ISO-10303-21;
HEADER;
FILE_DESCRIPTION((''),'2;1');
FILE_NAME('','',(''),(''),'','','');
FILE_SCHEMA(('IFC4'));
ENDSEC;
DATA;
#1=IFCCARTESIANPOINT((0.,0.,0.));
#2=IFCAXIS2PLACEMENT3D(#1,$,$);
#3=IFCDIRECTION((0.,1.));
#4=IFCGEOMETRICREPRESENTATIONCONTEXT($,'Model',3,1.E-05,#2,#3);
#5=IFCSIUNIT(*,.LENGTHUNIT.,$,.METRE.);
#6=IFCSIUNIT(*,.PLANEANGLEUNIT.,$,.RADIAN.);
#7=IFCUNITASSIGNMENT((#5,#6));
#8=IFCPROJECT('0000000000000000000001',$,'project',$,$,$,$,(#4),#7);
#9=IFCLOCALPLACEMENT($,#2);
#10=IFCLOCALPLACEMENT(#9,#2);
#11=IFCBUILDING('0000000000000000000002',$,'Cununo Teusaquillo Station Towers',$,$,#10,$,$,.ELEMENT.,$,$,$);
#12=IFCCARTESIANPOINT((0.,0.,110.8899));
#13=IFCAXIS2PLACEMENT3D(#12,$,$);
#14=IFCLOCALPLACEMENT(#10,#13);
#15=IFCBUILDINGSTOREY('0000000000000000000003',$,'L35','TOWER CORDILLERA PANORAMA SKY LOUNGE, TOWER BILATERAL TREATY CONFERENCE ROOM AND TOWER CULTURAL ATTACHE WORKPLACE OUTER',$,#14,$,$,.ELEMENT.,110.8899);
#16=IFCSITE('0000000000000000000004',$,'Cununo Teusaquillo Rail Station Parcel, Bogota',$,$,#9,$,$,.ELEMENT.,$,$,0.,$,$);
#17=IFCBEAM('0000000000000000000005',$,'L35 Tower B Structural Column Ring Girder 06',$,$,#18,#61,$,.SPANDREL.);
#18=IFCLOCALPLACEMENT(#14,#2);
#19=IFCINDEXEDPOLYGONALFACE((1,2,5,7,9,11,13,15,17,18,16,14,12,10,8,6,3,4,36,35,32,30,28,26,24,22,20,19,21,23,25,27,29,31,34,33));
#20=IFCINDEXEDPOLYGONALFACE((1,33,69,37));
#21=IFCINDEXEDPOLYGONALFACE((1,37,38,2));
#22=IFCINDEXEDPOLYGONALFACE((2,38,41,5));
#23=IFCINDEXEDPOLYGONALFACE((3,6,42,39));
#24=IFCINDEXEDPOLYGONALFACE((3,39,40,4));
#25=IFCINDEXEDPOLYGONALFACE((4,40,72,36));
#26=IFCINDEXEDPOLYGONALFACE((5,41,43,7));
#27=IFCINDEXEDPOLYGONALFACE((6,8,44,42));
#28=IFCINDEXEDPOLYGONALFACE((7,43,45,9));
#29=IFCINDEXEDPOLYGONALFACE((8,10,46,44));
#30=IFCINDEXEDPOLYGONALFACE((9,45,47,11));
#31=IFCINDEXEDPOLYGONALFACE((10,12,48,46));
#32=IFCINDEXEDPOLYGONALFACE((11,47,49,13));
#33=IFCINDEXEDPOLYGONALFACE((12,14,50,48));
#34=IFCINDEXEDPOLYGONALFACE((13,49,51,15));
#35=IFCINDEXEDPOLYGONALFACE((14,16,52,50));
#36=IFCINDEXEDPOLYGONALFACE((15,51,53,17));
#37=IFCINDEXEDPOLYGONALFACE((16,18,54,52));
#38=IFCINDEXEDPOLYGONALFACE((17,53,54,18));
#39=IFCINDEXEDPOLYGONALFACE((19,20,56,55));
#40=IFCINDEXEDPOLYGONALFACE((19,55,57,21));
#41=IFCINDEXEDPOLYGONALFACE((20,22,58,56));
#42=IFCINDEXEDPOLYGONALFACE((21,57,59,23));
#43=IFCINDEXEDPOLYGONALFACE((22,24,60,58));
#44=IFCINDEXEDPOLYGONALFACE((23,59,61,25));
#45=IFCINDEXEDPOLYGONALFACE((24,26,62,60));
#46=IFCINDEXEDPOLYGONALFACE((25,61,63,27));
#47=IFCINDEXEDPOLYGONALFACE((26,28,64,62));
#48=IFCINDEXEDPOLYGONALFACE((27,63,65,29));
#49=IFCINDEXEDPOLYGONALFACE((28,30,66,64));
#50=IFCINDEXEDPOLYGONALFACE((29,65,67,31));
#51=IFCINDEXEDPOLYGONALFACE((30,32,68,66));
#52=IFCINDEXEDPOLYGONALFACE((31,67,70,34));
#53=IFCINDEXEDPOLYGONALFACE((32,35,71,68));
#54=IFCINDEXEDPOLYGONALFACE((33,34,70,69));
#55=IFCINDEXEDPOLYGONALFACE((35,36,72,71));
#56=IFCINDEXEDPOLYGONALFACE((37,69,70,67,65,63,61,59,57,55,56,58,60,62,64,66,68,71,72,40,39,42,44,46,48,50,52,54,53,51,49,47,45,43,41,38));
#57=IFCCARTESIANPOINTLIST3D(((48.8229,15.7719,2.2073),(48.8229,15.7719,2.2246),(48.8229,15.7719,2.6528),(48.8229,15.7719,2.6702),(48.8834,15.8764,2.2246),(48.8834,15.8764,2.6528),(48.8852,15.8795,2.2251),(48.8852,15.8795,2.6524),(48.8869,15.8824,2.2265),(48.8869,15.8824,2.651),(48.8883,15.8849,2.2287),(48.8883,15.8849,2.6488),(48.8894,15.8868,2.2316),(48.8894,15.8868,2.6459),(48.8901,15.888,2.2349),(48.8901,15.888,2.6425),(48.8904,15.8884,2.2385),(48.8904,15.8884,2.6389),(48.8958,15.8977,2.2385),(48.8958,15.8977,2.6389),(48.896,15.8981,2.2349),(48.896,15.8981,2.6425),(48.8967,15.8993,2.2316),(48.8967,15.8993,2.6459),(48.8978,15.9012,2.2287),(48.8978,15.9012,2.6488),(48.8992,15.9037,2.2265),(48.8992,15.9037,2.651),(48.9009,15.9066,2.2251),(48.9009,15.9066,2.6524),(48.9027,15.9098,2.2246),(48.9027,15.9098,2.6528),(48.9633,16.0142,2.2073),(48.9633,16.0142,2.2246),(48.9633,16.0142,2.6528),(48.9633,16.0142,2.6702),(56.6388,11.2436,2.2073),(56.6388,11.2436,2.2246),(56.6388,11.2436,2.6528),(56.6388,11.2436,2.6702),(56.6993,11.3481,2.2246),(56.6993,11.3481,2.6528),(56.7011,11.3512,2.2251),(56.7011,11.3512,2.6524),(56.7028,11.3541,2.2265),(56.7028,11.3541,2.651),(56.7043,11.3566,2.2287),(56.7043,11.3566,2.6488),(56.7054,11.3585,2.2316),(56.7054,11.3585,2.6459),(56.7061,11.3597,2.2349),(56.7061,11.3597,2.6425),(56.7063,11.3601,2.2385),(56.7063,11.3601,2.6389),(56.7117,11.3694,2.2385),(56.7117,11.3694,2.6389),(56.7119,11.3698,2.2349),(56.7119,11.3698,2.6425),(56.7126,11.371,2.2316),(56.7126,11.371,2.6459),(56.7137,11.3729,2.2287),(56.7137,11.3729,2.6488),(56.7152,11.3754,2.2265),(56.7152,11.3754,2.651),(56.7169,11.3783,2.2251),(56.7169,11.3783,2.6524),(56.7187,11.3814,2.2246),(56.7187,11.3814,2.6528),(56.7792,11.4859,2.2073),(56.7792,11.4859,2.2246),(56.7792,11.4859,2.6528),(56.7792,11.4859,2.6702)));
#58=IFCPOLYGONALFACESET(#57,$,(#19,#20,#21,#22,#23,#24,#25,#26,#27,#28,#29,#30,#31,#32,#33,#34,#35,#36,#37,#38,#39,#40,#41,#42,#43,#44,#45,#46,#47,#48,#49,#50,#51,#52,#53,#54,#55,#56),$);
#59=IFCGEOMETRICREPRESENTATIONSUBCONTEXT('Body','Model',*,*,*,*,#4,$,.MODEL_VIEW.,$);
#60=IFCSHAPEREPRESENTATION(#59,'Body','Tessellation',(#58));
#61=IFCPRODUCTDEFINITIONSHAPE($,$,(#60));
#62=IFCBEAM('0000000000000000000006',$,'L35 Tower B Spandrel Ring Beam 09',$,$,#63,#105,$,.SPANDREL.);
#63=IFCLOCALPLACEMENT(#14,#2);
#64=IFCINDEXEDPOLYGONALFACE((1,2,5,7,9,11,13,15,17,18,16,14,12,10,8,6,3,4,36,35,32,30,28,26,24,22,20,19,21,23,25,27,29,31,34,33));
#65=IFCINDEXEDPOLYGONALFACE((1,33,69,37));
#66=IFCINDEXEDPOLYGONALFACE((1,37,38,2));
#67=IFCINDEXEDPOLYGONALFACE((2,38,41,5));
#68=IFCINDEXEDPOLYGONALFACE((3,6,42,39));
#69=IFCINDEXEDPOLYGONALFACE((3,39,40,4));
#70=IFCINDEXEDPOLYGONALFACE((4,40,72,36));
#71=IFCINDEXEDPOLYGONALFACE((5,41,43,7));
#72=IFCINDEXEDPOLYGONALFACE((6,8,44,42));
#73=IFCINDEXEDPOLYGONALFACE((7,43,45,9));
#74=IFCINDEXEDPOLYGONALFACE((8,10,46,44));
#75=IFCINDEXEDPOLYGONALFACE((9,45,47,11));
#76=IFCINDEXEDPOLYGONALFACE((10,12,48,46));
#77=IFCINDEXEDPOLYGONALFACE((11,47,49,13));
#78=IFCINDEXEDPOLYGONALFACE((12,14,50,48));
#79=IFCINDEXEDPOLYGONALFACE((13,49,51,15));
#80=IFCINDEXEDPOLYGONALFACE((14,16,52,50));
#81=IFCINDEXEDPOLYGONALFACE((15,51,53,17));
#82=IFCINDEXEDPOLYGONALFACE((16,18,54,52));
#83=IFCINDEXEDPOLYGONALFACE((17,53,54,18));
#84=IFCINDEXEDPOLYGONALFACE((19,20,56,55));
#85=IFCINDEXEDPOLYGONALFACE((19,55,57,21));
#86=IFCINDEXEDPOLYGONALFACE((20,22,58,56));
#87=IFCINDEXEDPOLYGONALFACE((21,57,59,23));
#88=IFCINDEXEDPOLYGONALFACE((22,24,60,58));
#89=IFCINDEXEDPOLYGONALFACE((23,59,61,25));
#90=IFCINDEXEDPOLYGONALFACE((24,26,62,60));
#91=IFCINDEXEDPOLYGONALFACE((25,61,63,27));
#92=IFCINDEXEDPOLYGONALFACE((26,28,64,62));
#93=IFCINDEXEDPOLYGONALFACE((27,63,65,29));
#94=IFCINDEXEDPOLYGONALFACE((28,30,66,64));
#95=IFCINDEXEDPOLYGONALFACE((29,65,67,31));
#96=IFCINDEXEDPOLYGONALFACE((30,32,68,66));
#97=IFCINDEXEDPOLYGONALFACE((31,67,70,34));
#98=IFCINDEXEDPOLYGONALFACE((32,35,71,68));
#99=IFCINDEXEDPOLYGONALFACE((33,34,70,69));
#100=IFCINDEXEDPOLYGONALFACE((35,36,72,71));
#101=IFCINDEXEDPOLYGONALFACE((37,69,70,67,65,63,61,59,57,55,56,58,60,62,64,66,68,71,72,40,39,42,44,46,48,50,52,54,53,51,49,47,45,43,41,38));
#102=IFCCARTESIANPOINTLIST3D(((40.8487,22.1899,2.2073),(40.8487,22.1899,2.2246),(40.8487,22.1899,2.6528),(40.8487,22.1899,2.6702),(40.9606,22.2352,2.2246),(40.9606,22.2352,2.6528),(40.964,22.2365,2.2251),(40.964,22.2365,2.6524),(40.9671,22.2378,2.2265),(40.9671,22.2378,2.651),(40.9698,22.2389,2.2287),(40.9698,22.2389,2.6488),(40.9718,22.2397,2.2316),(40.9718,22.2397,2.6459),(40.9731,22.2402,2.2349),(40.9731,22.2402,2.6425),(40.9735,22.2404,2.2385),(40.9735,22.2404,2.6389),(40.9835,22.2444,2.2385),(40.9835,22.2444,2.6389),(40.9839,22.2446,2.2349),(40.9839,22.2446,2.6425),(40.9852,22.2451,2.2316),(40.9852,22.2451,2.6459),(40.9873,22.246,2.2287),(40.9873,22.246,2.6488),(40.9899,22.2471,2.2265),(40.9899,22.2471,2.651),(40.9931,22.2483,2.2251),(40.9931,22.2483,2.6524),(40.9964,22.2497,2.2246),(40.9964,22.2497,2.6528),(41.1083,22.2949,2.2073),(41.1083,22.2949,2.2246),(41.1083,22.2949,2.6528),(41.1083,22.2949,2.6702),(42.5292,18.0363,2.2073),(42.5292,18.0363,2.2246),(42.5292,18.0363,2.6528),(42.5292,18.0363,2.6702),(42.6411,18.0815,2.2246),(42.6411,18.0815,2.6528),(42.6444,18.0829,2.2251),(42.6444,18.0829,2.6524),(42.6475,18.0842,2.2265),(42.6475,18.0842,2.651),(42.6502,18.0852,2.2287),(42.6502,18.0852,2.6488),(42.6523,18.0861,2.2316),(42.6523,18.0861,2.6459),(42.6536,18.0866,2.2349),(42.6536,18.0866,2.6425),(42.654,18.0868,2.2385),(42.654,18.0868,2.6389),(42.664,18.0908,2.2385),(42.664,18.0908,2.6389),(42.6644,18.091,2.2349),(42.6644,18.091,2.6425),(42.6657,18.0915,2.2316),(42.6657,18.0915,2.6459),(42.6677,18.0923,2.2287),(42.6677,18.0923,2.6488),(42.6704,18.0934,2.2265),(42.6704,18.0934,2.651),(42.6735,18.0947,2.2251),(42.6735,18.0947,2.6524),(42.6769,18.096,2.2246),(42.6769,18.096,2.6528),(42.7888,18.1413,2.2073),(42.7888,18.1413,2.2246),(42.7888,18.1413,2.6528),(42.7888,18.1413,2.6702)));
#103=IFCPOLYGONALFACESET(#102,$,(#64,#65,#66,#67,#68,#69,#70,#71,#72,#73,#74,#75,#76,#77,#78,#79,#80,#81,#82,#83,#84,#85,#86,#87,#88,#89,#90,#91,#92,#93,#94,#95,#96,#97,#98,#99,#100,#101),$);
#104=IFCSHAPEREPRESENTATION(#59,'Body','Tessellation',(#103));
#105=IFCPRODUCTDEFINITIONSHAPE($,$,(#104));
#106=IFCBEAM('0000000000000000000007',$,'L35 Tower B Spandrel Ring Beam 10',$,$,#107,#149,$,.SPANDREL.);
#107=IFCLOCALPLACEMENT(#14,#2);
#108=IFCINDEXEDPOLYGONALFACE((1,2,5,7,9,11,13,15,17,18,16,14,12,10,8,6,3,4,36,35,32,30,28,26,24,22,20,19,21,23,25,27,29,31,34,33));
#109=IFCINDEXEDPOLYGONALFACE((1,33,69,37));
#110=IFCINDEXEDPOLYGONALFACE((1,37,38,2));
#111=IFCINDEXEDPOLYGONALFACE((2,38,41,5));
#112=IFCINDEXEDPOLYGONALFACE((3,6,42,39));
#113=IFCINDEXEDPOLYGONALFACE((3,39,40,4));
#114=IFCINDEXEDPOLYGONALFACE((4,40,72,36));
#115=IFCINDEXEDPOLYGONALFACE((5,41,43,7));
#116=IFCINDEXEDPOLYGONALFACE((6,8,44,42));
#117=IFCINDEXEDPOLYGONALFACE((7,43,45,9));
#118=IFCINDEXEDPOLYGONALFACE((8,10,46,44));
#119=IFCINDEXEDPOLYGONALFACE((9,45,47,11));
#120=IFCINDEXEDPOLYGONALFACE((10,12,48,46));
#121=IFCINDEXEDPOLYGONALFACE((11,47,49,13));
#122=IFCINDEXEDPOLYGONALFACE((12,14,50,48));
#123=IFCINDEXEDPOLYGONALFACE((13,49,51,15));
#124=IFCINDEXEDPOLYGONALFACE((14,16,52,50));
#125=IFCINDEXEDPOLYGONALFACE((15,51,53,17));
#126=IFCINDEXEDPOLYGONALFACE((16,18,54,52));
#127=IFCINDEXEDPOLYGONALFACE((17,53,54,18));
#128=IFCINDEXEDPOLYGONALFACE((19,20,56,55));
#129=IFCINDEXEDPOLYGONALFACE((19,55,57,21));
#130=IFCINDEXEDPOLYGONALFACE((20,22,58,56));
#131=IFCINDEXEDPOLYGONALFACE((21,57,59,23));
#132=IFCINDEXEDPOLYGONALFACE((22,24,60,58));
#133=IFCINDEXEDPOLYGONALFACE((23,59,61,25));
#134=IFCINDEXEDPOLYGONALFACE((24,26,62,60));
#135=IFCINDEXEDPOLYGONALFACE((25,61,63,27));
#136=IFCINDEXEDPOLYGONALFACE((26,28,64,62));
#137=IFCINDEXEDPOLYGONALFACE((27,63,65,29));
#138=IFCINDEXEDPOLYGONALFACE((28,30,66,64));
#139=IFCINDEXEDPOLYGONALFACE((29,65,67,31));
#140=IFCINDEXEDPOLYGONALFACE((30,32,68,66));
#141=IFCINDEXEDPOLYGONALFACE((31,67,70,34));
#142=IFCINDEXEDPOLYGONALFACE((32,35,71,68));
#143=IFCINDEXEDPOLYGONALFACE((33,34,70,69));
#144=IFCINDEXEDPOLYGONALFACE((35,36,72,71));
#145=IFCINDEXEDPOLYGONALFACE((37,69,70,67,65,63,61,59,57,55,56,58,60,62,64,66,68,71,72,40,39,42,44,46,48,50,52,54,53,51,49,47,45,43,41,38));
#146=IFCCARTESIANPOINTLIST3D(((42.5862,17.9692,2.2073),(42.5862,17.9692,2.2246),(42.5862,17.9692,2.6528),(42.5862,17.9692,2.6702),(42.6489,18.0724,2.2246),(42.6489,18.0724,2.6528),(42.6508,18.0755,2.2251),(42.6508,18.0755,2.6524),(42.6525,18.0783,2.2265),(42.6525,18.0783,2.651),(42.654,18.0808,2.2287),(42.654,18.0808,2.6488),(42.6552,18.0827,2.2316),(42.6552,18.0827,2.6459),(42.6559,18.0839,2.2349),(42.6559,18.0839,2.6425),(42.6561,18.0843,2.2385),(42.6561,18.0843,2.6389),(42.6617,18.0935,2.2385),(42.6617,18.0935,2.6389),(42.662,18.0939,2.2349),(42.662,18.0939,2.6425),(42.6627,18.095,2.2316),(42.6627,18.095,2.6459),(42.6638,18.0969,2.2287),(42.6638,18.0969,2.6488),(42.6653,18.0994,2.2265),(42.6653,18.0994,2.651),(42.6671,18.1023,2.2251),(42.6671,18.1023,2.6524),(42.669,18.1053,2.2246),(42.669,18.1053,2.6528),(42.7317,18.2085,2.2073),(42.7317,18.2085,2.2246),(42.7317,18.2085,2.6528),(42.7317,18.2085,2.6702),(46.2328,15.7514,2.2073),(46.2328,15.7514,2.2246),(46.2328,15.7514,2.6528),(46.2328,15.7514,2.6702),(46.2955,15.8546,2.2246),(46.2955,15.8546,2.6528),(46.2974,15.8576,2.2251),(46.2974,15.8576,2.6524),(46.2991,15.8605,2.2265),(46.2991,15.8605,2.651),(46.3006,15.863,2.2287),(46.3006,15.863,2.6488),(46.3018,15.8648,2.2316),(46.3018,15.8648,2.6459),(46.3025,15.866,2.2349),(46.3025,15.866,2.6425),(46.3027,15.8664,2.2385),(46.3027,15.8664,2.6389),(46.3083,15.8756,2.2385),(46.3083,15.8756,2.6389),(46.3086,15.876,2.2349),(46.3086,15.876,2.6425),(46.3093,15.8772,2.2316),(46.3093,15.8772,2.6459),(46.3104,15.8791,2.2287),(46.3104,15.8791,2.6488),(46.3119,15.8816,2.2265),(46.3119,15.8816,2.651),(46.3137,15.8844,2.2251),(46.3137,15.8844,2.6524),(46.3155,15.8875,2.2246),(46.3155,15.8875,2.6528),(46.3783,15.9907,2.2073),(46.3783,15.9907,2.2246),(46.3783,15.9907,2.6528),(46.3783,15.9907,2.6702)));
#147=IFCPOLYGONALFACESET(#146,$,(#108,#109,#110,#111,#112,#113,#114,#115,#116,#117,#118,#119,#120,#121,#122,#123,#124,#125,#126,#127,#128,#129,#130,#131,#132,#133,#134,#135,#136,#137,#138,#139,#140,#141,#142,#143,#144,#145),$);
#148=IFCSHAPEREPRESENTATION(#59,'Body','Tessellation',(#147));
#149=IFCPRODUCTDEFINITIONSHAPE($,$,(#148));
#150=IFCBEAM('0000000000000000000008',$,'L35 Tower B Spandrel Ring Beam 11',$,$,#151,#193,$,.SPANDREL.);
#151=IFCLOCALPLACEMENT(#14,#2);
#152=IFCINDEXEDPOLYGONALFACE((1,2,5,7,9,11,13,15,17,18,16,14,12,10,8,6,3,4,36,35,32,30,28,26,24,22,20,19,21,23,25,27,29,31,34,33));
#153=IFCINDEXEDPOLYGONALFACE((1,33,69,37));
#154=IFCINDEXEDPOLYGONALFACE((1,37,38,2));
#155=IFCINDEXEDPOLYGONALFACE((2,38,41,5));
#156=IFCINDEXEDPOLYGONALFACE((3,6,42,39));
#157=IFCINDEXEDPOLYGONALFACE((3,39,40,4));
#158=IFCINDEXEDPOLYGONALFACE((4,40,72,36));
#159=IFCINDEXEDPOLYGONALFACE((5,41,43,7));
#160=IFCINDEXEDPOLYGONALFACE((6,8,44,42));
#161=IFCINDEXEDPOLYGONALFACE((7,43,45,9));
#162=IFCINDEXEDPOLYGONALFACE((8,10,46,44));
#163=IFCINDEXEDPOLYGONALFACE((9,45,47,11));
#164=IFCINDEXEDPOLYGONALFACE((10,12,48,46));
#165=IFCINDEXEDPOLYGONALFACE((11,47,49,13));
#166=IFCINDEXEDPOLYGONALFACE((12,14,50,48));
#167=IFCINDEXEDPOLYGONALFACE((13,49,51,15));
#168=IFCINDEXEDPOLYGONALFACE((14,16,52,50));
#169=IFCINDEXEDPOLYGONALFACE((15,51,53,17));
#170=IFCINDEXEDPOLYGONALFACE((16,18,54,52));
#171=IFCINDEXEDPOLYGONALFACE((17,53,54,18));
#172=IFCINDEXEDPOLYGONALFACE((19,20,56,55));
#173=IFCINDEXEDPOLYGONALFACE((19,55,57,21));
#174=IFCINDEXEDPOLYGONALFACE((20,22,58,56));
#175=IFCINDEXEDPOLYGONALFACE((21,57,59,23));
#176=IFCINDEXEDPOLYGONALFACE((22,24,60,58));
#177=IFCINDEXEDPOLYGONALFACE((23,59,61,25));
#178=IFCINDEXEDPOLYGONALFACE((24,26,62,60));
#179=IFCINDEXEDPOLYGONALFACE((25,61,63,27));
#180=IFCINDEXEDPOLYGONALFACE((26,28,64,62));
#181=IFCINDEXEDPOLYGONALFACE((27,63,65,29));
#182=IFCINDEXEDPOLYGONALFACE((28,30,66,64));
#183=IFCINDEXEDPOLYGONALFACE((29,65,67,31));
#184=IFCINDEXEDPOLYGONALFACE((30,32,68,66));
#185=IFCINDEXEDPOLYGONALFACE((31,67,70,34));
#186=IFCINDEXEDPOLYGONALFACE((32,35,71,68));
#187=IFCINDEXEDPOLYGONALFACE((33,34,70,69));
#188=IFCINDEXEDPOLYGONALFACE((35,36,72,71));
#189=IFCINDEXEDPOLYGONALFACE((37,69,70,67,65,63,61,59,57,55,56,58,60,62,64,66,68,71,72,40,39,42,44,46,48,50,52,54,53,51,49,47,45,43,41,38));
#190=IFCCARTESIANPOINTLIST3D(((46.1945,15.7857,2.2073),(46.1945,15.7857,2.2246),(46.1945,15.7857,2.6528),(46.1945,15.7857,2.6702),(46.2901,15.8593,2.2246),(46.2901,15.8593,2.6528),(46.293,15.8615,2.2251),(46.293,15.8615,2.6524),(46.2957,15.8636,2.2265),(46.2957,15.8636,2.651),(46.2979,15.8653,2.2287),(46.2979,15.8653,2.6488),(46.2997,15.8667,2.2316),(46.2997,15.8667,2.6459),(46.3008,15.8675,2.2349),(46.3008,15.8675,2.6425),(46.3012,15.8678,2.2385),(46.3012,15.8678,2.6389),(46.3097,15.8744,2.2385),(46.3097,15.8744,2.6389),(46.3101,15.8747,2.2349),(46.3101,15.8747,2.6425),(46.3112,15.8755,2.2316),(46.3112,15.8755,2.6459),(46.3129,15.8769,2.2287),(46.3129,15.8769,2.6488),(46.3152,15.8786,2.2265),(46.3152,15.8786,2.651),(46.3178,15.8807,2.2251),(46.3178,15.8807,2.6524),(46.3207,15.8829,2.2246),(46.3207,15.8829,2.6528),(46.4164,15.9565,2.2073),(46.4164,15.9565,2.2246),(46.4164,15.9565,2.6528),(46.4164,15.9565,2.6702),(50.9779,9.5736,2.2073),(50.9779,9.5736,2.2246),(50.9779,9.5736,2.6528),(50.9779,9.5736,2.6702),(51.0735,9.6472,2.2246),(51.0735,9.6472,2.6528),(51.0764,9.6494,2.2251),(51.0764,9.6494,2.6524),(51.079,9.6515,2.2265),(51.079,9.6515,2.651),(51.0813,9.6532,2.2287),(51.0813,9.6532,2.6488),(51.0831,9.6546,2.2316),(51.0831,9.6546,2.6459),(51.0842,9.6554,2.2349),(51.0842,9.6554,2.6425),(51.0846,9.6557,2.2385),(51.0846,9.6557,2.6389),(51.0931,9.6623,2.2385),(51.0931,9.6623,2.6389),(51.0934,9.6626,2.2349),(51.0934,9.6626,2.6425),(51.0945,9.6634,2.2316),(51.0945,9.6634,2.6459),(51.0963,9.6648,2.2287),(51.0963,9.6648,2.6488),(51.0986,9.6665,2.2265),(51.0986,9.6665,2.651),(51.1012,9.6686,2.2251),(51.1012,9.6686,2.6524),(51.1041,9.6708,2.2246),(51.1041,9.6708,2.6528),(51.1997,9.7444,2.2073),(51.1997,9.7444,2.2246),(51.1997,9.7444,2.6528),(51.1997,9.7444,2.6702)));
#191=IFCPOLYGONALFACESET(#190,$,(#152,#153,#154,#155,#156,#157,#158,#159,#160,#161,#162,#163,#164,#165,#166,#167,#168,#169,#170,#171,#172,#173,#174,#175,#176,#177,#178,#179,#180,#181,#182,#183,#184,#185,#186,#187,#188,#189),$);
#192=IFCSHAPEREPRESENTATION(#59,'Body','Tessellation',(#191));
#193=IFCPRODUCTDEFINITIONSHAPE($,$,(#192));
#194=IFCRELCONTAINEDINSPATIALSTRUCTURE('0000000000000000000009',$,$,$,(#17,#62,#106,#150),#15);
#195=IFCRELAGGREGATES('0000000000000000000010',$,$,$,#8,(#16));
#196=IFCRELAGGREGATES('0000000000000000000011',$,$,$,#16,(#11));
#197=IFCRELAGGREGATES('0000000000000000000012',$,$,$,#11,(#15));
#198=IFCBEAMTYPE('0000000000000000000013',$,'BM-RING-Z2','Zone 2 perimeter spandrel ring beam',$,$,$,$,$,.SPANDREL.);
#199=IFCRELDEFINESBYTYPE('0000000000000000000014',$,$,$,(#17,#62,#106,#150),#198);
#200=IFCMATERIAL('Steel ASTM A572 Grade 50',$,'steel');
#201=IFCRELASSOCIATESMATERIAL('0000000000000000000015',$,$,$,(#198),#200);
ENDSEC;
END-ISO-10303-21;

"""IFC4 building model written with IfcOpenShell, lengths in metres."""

from ifc_helpers import new_model, si_unit, direction, frame, origin, origin_2d, place, context, subcontext, project, spatial, i_section, extrude, material, material_profile, profile_set, type_object, element, save


model = new_model("IFC4")

# Units and contexts
model_context = context("Model", 3, precision=1e-05, world=origin(), true_north=direction((0.0, 1.0)))
body_context = subcontext(model_context, "Body", "Model", "MODEL_VIEW")
ifc_project = project(units=[si_unit("LENGTHUNIT", "METRE"), si_unit("PLANEANGLEUNIT", "RADIAN")], contexts=[model_context])

# Site, building, storey
site_placement = place(None, origin())
site = spatial("IfcSite", under=ifc_project, at=site_placement, Name="Cununo Teusaquillo Rail Station Parcel, Bogota", CompositionType="ELEMENT", RefElevation=0.0)
building_placement = place(site_placement, origin())
building = spatial("IfcBuilding", under=site, at=building_placement, Name="Cununo Teusaquillo Station Towers", CompositionType="ELEMENT")
storey_placement = place(building_placement, frame((0.0, 0.0, 110.8899)))
storey = spatial("IfcBuildingStorey", under=building, at=storey_placement, Name="L35", Description="TOWER CORDILLERA PANORAMA SKY LOUNGE, TOWER BILATERAL TREATY CONFERENCE ROOM AND TOWER CULTURAL ATTACHE WORKPLACE OUTER", CompositionType="ELEMENT", Elevation=110.8899)

# Beams
ifc_material_1 = material(Name="Steel ASTM A572 Grade 50", Category="steel")
ifc_material_profile_1 = material_profile(ifc_material_1, i_section(OverallWidth=0.28, OverallDepth=0.4629, WebThickness=0.0107, FlangeThickness=0.0173, FilletRadius=0.0139, at=origin_2d()), Name="W18X76")
ifc_profile_set_1 = profile_set([ifc_material_profile_1], Name="Steel ASTM A572 Grade 50")
beam_type_1 = type_object("IfcBeamType", Name="BM-RING-Z2", Description="Zone 2 perimeter spandrel ring beam", PredefinedType="SPANDREL", material=ifc_profile_set_1)
for number, where, z_axis, x_axis, name in (
    (1, (48.8931, 15.8931, 2.4387), (0.865267, -0.501311, 0.0), (0.501311, 0.865267, 0.0), "L35 Tower B Structural Column Ring Girder 06"),
):
    element("IfcBeam", number, at=place(storey_placement, frame(where, z_axis=z_axis, x_axis=x_axis)), inside=storey, type_object=beam_type_1, Name=name, PredefinedType="SPANDREL", context=body_context, shape_type="SweptSolid", body=[
        extrude(i_section(OverallWidth=0.28, OverallDepth=0.4629, WebThickness=0.0107, FlangeThickness=0.0173, FilletRadius=0.0139, at=origin_2d()), origin(), (0.0, 0.0, 1.0), 9.033),
    ])
beam_1_placement = place(storey_placement, frame((40.9785, 22.2424, 2.4387), z_axis=(0.375042, -0.927008, 0.0), x_axis=(0.927008, 0.375042, 0.0)))
element("IfcBeam", 2, at=beam_1_placement, inside=storey, type_object=beam_type_1, Name="L35 Tower B Spandrel Ring Beam 09", PredefinedType="SPANDREL", context=body_context, shape_type="SweptSolid", body=[
    extrude(i_section(OverallWidth=0.28, OverallDepth=0.4629, WebThickness=0.0107, FlangeThickness=0.0173, FilletRadius=0.0139, at=origin_2d()), origin(), (0.0, 0.0, 1.0), 4.4807),
])
beam_2_placement = place(storey_placement, frame((42.6589, 18.0889, 2.4387), z_axis=(0.854388, -0.519635, 0.0), x_axis=(0.519635, 0.854388, 0.0)))
element("IfcBeam", 3, at=beam_2_placement, inside=storey, type_object=beam_type_1, Name="L35 Tower B Spandrel Ring Beam 10", PredefinedType="SPANDREL", context=body_context, shape_type="SweptSolid", body=[
    extrude(i_section(OverallWidth=0.28, OverallDepth=0.4629, WebThickness=0.0107, FlangeThickness=0.0173, FilletRadius=0.0139, at=origin_2d()), origin(), (0.0, 0.0, 1.0), 4.2681),
])
beam_3_placement = place(storey_placement, frame((46.3054, 15.8711, 2.4387), z_axis=(0.6101, -0.792324, 0.0), x_axis=(0.792324, 0.6101, 0.0)))
element("IfcBeam", 4, at=beam_3_placement, inside=storey, type_object=beam_type_1, Name="L35 Tower B Spandrel Ring Beam 11", PredefinedType="SPANDREL", context=body_context, shape_type="SweptSolid", body=[
    extrude(i_section(OverallWidth=0.28, OverallDepth=0.4629, WebThickness=0.0107, FlangeThickness=0.0173, FilletRadius=0.0139, at=origin_2d()), origin(), (0.0, 0.0, 1.0), 7.8403),
])

save(model, "model.ifc")
